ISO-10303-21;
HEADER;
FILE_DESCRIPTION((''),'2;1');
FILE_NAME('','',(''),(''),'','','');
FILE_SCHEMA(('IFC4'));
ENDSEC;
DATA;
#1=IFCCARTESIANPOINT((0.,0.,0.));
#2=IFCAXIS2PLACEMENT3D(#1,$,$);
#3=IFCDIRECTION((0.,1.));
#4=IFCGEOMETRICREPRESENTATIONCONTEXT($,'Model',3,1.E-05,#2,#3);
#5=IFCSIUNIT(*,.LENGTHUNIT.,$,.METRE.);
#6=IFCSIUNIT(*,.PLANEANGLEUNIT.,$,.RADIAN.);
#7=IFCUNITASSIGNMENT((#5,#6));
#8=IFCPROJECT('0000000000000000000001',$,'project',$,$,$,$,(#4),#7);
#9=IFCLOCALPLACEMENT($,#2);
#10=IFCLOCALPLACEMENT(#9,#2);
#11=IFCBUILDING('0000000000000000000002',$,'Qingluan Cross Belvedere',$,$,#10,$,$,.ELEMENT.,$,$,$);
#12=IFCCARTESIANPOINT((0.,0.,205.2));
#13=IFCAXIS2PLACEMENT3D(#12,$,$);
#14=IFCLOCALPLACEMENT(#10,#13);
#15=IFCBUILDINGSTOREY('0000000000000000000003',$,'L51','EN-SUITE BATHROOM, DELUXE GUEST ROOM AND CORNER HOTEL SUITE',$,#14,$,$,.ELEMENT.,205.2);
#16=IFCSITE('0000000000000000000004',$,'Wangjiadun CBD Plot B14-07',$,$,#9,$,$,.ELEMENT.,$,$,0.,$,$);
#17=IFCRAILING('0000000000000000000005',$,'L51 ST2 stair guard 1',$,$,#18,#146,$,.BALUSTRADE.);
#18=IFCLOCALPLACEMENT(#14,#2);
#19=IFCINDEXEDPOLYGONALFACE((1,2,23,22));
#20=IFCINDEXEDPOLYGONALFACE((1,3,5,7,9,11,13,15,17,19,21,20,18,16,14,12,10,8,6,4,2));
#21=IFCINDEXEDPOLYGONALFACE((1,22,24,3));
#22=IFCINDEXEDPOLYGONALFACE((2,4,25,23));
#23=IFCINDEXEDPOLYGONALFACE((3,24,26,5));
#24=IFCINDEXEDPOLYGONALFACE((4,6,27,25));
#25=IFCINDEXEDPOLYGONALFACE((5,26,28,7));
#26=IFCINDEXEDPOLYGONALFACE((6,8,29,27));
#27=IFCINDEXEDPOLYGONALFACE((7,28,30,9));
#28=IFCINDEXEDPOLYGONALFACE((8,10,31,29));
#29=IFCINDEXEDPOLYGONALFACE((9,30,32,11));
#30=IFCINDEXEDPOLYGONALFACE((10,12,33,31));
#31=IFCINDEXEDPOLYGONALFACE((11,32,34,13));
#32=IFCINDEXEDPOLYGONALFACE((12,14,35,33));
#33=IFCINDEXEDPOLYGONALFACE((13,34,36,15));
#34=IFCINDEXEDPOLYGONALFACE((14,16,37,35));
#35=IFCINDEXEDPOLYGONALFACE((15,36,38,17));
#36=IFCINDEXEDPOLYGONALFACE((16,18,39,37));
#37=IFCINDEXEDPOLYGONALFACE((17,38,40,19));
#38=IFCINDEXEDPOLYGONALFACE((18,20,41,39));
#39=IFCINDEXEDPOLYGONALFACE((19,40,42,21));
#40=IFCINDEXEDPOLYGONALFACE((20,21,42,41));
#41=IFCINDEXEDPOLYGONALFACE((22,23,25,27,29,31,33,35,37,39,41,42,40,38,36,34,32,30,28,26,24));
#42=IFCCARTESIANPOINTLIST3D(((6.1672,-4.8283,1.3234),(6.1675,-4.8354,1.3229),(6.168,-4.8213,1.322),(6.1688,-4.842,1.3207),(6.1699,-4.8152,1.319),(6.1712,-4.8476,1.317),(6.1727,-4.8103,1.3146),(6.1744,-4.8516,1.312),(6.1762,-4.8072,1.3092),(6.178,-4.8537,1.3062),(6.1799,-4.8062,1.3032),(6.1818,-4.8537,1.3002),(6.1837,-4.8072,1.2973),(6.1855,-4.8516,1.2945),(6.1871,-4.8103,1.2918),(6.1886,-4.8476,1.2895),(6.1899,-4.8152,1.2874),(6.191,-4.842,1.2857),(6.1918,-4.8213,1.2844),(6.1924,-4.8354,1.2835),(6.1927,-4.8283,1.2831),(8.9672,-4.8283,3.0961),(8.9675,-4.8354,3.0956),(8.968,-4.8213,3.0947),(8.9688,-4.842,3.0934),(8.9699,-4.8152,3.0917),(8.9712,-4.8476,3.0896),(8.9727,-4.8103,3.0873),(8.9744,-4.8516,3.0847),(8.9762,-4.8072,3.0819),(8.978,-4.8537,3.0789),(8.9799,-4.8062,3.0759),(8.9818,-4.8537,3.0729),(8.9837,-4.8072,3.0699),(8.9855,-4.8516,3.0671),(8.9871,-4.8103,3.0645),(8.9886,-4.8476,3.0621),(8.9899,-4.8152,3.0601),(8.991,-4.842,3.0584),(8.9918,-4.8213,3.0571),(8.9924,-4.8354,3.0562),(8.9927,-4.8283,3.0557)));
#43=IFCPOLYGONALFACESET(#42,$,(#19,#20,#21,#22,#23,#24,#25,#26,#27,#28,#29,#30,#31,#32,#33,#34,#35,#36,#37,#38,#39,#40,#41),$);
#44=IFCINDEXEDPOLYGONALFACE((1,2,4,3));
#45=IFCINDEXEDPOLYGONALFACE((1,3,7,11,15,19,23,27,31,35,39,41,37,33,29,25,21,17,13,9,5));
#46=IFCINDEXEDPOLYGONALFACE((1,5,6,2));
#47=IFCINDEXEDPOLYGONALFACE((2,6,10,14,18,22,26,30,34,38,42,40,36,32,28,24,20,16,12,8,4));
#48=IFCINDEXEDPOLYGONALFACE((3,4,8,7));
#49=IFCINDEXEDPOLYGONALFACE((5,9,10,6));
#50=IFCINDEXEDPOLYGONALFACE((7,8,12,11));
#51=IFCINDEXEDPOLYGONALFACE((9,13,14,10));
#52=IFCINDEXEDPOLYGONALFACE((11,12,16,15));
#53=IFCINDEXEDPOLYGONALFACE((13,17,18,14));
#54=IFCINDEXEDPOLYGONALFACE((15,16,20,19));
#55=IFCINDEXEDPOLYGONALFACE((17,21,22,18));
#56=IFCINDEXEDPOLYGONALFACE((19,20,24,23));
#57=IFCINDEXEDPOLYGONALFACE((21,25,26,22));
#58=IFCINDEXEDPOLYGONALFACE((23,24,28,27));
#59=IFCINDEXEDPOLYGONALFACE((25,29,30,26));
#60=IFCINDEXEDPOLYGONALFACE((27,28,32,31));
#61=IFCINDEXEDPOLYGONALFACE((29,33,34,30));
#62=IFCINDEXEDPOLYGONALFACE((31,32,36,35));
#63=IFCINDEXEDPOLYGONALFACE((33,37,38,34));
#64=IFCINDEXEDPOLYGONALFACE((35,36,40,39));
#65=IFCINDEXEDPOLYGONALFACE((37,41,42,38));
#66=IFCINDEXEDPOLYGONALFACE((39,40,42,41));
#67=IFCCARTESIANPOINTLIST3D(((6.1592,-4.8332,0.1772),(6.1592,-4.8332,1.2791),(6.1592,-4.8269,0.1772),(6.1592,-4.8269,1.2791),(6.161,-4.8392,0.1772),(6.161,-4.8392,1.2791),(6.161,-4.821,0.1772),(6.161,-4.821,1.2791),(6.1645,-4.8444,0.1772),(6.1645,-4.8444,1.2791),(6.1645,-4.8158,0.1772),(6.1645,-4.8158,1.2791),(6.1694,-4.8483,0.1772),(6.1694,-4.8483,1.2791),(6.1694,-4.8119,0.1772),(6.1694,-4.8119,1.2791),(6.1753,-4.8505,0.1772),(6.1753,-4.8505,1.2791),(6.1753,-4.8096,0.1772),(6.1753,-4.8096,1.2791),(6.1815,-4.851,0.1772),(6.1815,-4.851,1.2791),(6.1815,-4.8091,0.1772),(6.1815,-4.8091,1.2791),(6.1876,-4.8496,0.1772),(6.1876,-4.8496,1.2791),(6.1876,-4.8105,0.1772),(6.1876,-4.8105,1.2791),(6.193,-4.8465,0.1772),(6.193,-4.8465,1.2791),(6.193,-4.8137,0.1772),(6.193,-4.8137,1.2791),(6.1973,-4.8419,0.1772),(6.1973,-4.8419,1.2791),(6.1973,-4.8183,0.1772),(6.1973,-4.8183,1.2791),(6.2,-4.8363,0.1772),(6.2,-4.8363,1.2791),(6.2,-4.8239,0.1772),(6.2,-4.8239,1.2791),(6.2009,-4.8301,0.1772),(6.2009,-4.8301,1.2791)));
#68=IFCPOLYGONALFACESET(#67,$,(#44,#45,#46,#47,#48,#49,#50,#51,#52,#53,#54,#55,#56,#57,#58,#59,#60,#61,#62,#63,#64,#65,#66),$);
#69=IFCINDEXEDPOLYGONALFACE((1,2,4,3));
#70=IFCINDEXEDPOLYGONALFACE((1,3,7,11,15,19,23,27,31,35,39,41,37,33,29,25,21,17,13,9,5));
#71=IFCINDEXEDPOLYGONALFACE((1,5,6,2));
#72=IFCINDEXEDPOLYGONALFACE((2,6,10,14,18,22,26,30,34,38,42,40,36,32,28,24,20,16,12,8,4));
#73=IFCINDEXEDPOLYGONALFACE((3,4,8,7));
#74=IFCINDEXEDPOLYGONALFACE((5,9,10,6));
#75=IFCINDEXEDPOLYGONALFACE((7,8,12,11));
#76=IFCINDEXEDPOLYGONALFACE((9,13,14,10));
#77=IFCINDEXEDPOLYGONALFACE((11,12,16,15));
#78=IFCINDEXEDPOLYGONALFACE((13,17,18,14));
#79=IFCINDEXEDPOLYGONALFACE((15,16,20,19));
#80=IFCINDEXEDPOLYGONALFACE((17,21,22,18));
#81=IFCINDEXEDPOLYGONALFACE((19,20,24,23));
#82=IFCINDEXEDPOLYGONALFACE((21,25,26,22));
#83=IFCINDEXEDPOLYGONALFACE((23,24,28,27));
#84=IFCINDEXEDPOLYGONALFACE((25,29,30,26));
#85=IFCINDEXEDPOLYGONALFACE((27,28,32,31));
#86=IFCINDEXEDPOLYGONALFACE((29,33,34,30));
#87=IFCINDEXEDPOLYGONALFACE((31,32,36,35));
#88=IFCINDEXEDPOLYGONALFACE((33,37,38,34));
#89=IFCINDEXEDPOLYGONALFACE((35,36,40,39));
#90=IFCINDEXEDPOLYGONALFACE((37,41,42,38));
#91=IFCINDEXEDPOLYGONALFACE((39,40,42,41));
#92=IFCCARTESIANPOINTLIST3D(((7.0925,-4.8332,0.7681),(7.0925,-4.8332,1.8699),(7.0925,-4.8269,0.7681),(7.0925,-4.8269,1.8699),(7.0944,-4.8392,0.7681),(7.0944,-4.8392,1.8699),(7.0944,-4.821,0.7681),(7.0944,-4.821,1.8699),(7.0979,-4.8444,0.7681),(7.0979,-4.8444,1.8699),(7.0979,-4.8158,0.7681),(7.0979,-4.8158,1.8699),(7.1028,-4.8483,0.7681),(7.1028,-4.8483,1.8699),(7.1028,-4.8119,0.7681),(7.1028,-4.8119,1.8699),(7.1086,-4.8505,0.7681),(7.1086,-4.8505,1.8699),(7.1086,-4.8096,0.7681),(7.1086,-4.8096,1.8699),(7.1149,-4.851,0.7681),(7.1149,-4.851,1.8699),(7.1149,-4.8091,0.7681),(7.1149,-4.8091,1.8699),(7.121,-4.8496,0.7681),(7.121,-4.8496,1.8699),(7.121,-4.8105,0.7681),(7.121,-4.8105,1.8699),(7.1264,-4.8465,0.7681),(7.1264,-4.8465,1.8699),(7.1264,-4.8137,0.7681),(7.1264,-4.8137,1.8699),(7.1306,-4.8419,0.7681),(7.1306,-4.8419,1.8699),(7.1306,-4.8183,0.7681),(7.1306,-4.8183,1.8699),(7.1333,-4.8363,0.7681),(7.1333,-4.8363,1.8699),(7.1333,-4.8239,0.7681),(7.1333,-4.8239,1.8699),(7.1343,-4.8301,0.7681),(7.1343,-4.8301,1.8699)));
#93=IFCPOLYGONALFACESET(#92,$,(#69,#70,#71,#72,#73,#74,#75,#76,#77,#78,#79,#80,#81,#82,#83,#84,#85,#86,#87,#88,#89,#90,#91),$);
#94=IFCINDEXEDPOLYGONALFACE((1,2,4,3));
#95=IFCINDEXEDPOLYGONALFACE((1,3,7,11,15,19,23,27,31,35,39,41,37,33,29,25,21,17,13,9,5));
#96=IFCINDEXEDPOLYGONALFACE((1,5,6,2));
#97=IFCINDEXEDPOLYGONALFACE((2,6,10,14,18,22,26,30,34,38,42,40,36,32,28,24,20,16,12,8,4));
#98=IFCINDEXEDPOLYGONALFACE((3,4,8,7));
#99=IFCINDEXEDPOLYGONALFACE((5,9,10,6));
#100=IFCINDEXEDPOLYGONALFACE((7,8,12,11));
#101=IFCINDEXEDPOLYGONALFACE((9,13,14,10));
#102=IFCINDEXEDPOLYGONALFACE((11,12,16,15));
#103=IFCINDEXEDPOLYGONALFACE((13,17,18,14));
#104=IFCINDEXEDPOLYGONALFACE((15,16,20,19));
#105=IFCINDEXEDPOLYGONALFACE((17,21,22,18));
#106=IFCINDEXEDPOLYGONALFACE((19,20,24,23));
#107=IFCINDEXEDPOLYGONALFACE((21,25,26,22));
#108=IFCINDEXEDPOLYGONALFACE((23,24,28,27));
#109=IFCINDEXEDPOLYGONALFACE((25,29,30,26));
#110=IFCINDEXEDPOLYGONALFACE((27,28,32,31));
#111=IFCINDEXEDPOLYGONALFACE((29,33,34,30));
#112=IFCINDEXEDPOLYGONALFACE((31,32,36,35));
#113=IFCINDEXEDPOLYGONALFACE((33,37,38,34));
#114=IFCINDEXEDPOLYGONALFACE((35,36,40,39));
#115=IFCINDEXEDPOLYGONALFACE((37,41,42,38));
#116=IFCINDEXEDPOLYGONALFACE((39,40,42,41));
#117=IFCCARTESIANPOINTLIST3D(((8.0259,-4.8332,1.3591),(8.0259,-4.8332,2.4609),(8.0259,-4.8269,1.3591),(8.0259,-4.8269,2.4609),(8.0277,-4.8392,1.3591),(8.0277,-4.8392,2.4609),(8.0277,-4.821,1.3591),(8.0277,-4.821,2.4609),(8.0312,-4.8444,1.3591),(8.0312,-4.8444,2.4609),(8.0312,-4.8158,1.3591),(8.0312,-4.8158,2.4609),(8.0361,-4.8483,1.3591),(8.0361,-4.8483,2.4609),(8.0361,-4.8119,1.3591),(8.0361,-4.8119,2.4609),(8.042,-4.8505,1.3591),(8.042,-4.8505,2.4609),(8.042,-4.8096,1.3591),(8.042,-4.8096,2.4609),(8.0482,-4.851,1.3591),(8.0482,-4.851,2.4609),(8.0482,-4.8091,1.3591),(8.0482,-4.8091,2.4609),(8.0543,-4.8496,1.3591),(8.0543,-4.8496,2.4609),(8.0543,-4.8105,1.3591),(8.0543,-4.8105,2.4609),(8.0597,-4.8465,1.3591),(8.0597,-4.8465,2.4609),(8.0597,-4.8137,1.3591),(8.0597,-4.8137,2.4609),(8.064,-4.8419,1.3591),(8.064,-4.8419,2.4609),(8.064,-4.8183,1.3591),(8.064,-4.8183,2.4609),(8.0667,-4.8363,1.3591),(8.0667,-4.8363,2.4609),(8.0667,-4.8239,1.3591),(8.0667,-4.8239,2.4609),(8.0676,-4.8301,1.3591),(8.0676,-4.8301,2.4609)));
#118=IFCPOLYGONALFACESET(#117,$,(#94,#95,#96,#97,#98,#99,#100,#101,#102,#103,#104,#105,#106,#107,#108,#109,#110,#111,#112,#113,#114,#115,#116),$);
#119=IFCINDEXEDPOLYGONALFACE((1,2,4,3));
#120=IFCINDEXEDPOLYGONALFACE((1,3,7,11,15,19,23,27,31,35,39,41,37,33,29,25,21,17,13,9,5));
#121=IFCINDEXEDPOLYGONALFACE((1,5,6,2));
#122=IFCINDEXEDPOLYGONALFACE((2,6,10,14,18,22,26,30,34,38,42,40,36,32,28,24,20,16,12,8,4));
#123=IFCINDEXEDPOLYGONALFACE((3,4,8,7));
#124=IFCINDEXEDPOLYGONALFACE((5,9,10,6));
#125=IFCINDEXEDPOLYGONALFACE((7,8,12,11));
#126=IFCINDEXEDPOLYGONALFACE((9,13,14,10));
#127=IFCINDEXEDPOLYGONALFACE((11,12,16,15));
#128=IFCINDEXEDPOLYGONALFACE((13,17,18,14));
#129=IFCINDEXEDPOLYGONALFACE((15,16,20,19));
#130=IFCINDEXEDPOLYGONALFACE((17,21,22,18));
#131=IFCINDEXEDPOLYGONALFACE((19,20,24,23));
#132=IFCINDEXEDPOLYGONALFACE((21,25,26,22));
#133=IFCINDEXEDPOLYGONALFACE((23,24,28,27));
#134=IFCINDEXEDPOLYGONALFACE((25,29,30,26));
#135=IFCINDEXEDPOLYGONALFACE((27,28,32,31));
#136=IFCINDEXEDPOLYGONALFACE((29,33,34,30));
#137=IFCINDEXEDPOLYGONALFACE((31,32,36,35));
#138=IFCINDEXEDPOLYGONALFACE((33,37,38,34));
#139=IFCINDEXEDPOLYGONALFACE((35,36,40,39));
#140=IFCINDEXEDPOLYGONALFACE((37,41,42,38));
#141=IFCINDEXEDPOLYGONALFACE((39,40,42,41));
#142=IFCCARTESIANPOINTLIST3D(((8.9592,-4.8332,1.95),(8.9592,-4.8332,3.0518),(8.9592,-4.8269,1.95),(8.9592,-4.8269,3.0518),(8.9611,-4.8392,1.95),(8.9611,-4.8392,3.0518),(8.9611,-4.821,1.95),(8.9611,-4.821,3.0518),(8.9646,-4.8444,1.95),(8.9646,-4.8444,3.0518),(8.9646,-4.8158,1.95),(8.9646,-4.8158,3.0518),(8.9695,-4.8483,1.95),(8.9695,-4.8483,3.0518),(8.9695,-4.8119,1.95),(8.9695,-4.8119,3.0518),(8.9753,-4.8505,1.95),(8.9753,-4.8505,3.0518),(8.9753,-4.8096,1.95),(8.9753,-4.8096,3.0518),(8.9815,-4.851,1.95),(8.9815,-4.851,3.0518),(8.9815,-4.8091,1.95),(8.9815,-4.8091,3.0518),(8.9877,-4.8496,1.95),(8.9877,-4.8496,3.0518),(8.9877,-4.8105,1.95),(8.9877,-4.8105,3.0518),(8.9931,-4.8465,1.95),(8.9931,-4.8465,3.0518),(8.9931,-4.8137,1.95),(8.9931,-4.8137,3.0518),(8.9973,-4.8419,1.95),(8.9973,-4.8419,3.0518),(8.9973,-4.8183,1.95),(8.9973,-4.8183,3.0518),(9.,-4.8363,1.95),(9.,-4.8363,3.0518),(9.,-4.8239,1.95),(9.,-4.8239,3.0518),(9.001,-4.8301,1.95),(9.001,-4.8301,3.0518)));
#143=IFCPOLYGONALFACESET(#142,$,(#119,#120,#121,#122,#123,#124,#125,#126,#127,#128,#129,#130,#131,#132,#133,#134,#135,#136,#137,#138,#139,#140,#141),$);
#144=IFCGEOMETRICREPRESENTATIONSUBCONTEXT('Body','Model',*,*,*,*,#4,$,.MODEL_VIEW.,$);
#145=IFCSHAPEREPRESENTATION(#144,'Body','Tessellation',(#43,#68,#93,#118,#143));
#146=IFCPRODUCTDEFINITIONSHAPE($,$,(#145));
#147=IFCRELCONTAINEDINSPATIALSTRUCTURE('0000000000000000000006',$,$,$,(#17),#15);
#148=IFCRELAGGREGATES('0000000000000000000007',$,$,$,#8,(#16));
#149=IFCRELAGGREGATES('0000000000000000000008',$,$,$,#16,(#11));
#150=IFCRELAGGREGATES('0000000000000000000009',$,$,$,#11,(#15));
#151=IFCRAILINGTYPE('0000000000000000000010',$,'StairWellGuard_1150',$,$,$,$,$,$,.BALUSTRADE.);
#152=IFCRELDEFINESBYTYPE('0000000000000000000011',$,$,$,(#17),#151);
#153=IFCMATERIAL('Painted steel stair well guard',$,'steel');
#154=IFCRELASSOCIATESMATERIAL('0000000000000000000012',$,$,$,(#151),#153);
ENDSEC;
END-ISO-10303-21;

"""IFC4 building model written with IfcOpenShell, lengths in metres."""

from ifc_helpers import new_model, si_unit, direction, frame, origin, origin_2d, place, context, subcontext, project, spatial, circle, extrude, material, type_object, element, save


model = new_model("IFC4")

# Units and contexts
model_context = context("Model", 3, precision=1e-05, world=origin(), true_north=direction((0.0, 1.0)))
body_context = subcontext(model_context, "Body", "Model", "MODEL_VIEW")
ifc_project = project(units=[si_unit("LENGTHUNIT", "METRE"), si_unit("PLANEANGLEUNIT", "RADIAN")], contexts=[model_context])

# Site, building, storey
site_placement = place(None, origin())
site = spatial("IfcSite", under=ifc_project, at=site_placement, Name="Wangjiadun CBD Plot B14-07", CompositionType="ELEMENT", RefElevation=0.0)
building_placement = place(site_placement, origin())
building = spatial("IfcBuilding", under=site, at=building_placement, Name="Qingluan Cross Belvedere", CompositionType="ELEMENT")
storey_placement = place(building_placement, frame((0.0, 0.0, 205.2)))
storey = spatial("IfcBuildingStorey", under=building, at=storey_placement, Name="L51", Description="EN-SUITE BATHROOM, DELUXE GUEST ROOM AND CORNER HOTEL SUITE", CompositionType="ELEMENT", Elevation=205.2)

# Railing
ifc_material_1 = material(Name="Painted steel stair well guard", Category="steel")
railing_type_1 = type_object("IfcRailingType", Name="StairWellGuard_1150", PredefinedType="BALUSTRADE", material=ifc_material_1)
railing_1_placement = place(storey_placement, frame((6.1799, -4.8301, 0.1772)))
element("IfcRailing", 1, at=railing_1_placement, inside=storey, type_object=railing_type_1, Name="L51 ST2 stair guard 1", PredefinedType="BALUSTRADE", context=body_context, shape_type="SweptSolid", body=[
    extrude(circle(Radius=0.0239, at=origin_2d()), frame((0.0, 0.0, 1.126), z_axis=(0.844909, 0.0, 0.53491), x_axis=(0.0, 1.0, 0.0)), (0.0, 0.0, 1.0), 3.314),
    extrude(circle(Radius=0.021, at=origin_2d()), origin(), (0.0, 0.0, 1.0), 1.1018),
    extrude(circle(Radius=0.021, at=origin_2d()), frame((0.9333, 0.0, 0.5908)), (0.0, 0.0, 1.0), 1.1018),
    extrude(circle(Radius=0.021, at=origin_2d()), frame((1.8667, 0.0, 1.1819)), (0.0, 0.0, 1.0), 1.1018),
    extrude(circle(Radius=0.021, at=origin_2d()), frame((2.8, 0.0, 1.7727)), (0.0, 0.0, 1.0), 1.1018),
])

save(model, "model.ifc")
